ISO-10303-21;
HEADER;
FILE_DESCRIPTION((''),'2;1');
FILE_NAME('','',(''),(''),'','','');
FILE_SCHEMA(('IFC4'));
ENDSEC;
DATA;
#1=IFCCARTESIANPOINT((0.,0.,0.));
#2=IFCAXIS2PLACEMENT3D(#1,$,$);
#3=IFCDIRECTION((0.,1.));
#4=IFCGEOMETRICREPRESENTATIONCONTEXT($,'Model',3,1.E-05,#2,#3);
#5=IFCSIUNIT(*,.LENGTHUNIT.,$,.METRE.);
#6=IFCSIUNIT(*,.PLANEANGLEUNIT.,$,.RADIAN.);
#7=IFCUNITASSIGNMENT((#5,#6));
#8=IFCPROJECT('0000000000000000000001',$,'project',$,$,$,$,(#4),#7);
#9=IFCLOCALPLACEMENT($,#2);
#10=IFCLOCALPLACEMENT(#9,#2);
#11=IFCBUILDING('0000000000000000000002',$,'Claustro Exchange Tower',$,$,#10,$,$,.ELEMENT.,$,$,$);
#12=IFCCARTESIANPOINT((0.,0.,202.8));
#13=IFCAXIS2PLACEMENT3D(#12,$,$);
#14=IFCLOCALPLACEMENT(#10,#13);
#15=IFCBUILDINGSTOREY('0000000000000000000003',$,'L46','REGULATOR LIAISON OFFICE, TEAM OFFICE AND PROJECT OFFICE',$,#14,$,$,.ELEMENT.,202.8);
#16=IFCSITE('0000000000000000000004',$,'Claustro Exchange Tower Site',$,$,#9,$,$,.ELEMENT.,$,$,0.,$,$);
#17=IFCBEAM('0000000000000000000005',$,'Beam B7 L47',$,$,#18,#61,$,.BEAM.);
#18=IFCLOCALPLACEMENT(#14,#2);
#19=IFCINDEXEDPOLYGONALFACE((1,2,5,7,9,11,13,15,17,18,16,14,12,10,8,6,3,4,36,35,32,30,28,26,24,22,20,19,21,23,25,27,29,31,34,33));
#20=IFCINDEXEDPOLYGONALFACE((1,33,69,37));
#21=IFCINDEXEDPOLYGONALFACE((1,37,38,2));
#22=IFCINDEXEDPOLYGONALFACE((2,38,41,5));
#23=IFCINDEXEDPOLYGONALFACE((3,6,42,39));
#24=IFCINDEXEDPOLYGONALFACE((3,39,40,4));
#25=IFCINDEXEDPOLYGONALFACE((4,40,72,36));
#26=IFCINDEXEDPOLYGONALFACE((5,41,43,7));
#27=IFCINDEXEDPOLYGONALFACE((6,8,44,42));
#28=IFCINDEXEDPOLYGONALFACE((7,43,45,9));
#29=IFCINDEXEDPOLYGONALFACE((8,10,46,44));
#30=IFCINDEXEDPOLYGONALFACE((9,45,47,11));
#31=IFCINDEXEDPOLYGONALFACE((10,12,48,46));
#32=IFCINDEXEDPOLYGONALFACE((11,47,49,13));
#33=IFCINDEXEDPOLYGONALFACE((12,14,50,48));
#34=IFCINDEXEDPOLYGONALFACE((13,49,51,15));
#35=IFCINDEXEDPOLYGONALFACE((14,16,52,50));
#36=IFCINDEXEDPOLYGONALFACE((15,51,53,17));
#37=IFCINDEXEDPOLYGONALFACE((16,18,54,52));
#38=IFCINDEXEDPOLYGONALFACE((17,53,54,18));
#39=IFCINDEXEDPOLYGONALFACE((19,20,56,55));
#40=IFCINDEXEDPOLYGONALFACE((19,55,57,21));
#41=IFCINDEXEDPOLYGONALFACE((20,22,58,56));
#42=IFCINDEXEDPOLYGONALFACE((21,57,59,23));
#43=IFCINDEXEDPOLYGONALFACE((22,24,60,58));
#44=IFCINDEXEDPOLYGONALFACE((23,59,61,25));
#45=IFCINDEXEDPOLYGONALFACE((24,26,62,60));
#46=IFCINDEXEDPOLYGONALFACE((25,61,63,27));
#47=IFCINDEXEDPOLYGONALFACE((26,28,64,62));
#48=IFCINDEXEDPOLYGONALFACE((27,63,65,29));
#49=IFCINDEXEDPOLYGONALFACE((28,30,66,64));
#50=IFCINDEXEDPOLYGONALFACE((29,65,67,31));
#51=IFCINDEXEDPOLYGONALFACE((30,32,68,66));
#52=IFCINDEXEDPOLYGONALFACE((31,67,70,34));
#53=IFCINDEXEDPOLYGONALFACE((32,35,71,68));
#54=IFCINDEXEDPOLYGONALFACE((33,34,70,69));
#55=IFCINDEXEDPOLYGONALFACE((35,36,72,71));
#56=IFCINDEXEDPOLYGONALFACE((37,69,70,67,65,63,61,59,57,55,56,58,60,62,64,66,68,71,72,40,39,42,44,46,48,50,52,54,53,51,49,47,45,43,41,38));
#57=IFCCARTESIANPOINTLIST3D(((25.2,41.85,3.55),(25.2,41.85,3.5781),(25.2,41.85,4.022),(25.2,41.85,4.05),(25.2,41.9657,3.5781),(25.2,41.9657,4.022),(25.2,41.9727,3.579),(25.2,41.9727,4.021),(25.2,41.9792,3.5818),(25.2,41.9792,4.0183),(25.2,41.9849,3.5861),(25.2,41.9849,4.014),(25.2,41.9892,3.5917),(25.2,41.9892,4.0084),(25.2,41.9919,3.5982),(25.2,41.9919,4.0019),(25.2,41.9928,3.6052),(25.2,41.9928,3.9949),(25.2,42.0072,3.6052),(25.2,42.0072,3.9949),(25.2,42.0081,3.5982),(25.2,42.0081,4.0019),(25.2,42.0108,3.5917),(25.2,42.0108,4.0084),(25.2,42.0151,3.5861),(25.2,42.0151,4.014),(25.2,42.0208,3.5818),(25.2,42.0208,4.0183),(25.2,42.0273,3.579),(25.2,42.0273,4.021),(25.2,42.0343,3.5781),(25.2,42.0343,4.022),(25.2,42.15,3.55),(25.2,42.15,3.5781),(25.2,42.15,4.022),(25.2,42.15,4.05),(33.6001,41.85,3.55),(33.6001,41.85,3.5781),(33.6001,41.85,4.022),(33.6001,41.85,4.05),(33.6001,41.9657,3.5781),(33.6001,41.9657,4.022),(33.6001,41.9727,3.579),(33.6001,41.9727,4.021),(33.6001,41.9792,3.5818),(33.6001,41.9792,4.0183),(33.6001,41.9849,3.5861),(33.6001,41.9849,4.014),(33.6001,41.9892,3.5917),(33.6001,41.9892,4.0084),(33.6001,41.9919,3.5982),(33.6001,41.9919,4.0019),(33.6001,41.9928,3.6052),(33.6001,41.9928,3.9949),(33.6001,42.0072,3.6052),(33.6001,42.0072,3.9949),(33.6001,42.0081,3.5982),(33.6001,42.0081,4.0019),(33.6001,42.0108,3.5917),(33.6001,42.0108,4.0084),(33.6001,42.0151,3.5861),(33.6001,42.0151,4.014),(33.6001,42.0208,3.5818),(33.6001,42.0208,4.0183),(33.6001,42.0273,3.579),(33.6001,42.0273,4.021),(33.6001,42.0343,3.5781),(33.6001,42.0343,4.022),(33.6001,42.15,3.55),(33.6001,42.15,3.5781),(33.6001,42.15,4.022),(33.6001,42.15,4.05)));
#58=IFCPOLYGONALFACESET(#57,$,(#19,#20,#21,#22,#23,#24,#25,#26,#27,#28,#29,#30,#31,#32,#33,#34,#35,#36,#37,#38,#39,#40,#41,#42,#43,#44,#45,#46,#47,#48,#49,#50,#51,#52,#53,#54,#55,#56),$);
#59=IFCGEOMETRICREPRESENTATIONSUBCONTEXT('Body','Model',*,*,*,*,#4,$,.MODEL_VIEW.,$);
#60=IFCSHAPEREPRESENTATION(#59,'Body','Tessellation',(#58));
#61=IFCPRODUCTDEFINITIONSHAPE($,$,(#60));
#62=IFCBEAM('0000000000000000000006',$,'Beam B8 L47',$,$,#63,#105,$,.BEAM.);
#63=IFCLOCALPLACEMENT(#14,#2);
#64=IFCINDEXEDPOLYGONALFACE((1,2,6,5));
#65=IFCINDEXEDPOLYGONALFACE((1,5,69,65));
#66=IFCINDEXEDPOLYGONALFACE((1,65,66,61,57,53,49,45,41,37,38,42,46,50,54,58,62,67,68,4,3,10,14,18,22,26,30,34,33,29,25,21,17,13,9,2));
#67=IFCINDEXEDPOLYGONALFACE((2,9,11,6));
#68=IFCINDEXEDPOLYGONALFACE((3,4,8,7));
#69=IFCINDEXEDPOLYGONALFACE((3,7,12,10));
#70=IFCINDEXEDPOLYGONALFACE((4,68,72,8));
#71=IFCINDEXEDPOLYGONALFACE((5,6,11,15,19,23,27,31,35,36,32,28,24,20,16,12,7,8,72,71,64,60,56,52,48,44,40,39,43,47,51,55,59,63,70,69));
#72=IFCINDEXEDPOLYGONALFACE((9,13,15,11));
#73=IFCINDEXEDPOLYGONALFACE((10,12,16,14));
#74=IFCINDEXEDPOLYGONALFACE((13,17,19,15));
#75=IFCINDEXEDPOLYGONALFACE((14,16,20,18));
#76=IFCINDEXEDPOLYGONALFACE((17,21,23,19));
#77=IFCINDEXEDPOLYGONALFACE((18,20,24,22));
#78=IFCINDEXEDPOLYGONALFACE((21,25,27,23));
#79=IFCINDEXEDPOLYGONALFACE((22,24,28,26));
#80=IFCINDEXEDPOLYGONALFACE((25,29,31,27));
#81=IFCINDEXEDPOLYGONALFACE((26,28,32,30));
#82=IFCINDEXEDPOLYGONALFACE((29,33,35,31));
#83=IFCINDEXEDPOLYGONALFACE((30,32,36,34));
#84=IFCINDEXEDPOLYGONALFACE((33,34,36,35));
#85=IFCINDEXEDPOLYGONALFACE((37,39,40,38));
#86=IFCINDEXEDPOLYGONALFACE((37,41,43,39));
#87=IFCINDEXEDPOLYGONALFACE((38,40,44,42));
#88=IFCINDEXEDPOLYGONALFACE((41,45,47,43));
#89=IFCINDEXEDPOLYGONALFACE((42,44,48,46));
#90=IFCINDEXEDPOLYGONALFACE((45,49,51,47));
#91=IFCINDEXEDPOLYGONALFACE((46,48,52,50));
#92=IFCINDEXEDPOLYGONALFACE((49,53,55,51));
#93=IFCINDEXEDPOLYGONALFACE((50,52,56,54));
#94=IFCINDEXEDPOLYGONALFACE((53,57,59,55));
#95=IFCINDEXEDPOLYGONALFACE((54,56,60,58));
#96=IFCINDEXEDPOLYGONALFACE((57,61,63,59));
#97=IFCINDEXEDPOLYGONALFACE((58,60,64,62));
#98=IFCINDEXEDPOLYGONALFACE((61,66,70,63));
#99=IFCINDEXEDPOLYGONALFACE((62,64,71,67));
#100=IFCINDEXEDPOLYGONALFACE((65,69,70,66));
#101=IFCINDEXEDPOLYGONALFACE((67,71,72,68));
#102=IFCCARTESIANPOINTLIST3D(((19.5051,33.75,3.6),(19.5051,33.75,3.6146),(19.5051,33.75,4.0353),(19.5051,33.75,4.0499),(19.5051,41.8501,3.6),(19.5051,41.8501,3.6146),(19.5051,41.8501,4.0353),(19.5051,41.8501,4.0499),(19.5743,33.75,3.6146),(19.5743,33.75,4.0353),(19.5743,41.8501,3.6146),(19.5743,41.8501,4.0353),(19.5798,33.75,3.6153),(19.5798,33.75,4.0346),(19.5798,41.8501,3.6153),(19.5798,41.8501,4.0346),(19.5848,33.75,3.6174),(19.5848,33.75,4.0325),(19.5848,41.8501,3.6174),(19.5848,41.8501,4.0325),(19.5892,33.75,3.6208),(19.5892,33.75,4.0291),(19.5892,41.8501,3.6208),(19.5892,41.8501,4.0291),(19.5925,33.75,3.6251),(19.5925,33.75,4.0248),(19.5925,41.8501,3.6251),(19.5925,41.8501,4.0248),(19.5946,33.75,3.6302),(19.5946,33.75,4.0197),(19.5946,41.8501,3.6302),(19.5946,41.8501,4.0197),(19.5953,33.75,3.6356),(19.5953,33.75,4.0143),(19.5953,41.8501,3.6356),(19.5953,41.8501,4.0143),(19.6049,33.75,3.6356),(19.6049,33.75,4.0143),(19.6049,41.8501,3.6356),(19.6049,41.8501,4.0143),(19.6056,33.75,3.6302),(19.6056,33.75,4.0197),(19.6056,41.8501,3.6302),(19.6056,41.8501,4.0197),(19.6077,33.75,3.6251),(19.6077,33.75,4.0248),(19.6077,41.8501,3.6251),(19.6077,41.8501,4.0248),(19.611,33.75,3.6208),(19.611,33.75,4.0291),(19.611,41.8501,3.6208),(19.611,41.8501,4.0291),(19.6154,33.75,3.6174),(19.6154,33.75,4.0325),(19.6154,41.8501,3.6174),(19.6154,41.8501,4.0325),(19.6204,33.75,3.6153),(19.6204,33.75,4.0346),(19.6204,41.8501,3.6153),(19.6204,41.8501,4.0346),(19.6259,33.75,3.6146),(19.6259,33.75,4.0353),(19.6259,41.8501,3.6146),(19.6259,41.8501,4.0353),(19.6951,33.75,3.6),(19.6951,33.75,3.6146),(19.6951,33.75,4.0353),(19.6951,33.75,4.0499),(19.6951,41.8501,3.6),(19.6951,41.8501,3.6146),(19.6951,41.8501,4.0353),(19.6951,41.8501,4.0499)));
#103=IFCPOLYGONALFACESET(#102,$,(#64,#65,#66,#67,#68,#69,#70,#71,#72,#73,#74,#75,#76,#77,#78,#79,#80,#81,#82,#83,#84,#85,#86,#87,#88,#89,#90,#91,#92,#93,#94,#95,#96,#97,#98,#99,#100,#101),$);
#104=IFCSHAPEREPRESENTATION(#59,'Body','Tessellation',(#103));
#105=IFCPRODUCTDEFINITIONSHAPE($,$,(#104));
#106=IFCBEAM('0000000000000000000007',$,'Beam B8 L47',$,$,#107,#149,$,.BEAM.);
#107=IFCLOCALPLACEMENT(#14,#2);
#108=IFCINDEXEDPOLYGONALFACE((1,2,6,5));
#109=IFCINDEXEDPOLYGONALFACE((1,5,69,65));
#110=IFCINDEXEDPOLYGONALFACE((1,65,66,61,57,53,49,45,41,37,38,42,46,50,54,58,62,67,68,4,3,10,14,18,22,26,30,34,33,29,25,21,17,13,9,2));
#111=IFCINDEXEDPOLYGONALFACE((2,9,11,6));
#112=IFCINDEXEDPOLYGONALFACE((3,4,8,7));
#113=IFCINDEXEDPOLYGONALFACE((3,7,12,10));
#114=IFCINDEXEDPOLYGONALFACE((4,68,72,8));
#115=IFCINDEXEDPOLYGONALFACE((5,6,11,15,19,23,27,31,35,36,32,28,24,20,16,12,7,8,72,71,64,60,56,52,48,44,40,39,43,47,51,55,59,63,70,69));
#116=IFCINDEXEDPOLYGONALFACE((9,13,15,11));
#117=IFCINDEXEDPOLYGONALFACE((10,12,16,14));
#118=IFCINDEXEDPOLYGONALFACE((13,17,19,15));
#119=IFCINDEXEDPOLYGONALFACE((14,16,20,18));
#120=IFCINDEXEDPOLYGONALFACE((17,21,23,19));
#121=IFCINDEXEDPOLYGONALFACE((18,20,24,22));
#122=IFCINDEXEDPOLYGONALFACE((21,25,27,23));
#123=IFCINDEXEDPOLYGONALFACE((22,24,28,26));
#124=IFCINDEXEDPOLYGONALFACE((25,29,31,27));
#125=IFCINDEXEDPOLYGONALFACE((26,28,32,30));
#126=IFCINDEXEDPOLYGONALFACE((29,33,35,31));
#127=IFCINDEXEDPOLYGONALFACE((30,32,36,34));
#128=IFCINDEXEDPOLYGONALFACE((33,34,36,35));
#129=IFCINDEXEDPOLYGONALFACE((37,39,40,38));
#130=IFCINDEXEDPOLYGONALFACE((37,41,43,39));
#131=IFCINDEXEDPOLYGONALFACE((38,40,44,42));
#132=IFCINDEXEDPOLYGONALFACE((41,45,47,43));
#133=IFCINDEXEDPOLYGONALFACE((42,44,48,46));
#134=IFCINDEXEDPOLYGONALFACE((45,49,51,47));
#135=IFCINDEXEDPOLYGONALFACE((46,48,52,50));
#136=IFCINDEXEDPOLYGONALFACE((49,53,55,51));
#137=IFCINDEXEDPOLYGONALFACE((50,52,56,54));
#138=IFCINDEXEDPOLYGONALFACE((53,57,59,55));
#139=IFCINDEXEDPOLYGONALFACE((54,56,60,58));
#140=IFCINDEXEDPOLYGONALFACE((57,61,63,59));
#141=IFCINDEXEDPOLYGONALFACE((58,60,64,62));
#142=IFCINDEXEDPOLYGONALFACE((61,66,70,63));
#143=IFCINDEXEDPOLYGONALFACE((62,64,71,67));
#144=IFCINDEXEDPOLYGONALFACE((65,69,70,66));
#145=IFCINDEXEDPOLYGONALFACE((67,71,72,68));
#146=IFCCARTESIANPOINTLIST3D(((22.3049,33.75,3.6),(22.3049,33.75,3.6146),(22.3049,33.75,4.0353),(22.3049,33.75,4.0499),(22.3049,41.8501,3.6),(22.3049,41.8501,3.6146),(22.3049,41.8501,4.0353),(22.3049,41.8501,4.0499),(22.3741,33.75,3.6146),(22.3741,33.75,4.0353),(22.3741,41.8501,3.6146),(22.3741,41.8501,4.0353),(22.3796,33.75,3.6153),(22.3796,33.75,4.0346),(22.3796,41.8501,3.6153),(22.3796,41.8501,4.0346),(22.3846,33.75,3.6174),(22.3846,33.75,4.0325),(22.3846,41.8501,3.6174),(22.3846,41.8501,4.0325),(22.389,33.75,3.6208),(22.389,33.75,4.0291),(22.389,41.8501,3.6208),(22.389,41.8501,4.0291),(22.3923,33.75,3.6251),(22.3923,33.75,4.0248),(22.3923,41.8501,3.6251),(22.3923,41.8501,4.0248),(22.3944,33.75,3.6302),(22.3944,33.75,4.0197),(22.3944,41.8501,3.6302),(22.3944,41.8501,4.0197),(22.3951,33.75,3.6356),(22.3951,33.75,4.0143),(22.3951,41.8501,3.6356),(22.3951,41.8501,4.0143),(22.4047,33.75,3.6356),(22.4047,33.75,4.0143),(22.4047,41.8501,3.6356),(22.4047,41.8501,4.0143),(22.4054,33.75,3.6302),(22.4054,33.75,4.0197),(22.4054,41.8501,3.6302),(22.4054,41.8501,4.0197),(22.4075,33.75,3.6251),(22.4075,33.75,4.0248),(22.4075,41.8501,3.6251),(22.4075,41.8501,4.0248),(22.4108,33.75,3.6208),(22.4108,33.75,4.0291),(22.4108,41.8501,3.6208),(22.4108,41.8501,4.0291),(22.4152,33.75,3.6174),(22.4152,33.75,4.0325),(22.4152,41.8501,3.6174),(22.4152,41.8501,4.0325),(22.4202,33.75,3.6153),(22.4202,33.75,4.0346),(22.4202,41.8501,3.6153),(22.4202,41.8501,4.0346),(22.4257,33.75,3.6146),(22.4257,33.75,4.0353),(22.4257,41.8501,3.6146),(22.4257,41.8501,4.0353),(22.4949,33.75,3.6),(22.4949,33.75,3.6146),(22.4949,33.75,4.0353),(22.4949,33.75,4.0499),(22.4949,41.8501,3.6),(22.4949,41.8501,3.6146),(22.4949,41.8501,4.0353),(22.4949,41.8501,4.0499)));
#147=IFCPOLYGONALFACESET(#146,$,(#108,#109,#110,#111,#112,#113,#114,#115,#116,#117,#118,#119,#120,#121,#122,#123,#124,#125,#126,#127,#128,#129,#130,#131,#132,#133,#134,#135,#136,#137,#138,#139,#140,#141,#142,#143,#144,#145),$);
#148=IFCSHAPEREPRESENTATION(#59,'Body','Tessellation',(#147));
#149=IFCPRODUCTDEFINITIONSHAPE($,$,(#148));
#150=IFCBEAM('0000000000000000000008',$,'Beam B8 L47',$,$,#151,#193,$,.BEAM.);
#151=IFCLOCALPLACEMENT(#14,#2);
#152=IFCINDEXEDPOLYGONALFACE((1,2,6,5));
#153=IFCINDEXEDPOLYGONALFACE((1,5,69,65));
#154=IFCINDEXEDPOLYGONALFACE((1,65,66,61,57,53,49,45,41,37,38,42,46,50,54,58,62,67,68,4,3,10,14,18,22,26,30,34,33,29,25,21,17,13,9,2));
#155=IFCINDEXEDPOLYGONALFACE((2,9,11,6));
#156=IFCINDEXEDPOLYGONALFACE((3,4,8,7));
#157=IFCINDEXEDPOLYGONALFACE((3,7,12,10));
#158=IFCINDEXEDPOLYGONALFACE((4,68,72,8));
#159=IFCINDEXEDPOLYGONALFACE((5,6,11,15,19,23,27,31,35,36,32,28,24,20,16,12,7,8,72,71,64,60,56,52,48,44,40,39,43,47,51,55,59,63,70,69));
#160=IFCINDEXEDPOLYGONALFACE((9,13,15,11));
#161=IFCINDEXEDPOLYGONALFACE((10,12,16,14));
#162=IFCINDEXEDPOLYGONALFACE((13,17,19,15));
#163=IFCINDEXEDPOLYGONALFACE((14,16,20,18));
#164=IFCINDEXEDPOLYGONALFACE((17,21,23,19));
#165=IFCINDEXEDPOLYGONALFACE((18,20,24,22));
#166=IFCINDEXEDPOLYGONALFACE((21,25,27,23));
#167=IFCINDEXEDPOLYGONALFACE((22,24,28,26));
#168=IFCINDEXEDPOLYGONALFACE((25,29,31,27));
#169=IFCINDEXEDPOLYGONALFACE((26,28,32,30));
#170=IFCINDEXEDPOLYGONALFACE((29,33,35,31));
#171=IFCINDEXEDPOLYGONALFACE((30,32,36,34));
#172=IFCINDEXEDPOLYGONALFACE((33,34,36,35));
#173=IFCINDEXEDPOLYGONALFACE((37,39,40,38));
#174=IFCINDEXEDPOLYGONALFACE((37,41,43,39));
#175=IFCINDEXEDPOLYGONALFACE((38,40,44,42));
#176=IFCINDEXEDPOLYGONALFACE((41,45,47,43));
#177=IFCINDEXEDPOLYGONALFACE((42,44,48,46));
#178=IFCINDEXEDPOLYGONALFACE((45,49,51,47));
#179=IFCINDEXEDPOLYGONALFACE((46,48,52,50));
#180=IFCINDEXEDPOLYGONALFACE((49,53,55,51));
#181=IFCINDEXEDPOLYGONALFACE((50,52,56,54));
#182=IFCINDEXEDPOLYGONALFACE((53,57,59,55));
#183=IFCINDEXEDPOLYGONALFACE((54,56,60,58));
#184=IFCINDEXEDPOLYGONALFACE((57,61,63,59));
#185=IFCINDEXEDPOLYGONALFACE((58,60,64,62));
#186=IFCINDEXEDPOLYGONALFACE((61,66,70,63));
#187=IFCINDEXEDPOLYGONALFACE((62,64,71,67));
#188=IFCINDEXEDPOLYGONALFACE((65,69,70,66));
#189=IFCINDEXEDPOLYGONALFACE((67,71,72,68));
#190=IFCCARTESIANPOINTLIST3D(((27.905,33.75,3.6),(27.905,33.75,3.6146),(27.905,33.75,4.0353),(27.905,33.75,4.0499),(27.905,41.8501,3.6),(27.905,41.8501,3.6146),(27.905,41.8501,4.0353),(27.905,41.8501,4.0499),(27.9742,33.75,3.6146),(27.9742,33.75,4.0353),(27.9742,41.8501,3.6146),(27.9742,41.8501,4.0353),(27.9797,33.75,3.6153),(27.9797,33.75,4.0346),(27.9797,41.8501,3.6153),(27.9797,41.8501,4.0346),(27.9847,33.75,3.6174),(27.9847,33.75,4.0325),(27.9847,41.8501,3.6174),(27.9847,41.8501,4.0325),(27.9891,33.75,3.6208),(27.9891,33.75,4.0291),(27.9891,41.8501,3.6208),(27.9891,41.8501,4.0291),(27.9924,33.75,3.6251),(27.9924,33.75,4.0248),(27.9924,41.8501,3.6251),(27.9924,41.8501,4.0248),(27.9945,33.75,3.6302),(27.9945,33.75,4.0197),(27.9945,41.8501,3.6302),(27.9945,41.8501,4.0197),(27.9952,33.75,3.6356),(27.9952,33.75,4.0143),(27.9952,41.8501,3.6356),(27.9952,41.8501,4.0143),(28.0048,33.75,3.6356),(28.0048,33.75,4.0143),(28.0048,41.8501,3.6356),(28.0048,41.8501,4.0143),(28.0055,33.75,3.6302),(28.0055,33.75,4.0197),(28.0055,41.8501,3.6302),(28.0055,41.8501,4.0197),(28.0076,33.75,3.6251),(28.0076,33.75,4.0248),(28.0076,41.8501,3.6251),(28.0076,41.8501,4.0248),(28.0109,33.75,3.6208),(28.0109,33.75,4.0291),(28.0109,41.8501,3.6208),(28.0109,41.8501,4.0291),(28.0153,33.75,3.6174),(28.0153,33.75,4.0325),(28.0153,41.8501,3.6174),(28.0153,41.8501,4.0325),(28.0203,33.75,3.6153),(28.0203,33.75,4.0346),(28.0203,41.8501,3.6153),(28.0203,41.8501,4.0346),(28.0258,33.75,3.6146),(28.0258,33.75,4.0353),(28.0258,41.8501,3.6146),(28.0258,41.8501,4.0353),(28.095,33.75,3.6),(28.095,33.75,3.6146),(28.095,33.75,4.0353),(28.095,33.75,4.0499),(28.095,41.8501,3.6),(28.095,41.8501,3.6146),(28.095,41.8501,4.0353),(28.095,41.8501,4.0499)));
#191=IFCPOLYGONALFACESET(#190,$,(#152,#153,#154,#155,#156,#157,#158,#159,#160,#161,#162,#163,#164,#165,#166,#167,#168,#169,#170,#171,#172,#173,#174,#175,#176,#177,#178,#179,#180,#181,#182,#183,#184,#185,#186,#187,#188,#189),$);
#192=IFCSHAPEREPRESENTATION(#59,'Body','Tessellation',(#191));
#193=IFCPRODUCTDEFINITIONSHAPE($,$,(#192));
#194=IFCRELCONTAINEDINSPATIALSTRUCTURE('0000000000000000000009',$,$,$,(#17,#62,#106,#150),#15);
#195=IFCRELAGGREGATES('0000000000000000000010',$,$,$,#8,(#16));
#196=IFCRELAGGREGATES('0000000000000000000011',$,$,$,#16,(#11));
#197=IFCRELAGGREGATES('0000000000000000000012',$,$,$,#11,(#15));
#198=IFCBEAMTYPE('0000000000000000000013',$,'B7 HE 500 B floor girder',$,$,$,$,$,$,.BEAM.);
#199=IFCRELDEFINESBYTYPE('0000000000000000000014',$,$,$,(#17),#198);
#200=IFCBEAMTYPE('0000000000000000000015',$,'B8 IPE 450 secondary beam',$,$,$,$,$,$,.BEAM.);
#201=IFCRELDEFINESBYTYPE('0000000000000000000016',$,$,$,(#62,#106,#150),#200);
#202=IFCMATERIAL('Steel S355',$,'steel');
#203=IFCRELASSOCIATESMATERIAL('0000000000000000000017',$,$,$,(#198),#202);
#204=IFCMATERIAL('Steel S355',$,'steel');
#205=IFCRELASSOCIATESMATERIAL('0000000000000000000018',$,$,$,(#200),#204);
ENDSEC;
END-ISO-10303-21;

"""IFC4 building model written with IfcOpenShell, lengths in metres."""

from ifc_helpers import new_model, si_unit, direction, frame, origin, origin_2d, place, context, subcontext, project, spatial, i_section, extrude, material, material_profile, profile_set, type_object, element, save


model = new_model("IFC4")

# Units and contexts
model_context = context("Model", 3, precision=1e-05, world=origin(), true_north=direction((0.0, 1.0)))
body_context = subcontext(model_context, "Body", "Model", "MODEL_VIEW")
ifc_project = project(units=[si_unit("LENGTHUNIT", "METRE"), si_unit("PLANEANGLEUNIT", "RADIAN")], contexts=[model_context])

# Site, building, storey
site_placement = place(None, origin())
site = spatial("IfcSite", under=ifc_project, at=site_placement, Name="Claustro Exchange Tower Site", CompositionType="ELEMENT", RefElevation=0.0)
building_placement = place(site_placement, origin())
building = spatial("IfcBuilding", under=site, at=building_placement, Name="Claustro Exchange Tower", CompositionType="ELEMENT")
storey_placement = place(building_placement, frame((0.0, 0.0, 202.8)))
storey = spatial("IfcBuildingStorey", under=building, at=storey_placement, Name="L46", Description="REGULATOR LIAISON OFFICE, TEAM OFFICE AND PROJECT OFFICE", CompositionType="ELEMENT", Elevation=202.8)

# Beams
ifc_material_1 = material(Name="Steel S355", Category="steel")
ifc_material_profile_1 = material_profile(ifc_material_1, i_section(OverallWidth=0.3, OverallDepth=0.5, WebThickness=0.0144, FlangeThickness=0.0281, FilletRadius=0.0271, at=origin_2d()), Name="HE 500 B")
ifc_profile_set_1 = profile_set([ifc_material_profile_1], Name="Steel S355")
beam_type_1 = type_object("IfcBeamType", Name="B7 HE 500 B floor girder", PredefinedType="BEAM", material=ifc_profile_set_1)
beam_1_placement = place(storey_placement, frame((25.2, 42.0, 3.8), z_axis=(1.0, 0.0, 0.0), x_axis=(0.0, 1.0, 0.0)))
element("IfcBeam", 1, at=beam_1_placement, inside=storey, type_object=beam_type_1, Name="Beam B7 L47", PredefinedType="BEAM", context=body_context, shape_type="SweptSolid", body=[
    extrude(i_section(OverallWidth=0.3, OverallDepth=0.5, WebThickness=0.0144, FlangeThickness=0.0281, FilletRadius=0.0271, at=origin_2d()), origin(), (0.0, 0.0, 1.0), 8.4001),
])
ifc_material_2 = material(Name="Steel S355", Category="steel")
ifc_material_profile_2 = material_profile(ifc_material_2, i_section(OverallWidth=0.1899, OverallDepth=0.45, WebThickness=0.0095, FlangeThickness=0.0146, FilletRadius=0.021, at=origin_2d()), Name="IPE 450")
ifc_profile_set_2 = profile_set([ifc_material_profile_2], Name="Steel S355")
beam_type_2 = type_object("IfcBeamType", Name="B8 IPE 450 secondary beam", PredefinedType="BEAM", material=ifc_profile_set_2)
for number, where, z_axis, x_axis, name in (
    (2, (19.6001, 33.75, 3.825), (0.0, 1.0, 0.0), (-1.0, 0.0, 0.0), "Beam B8 L47"),
    (3, (22.3999, 33.75, 3.825), (0.0, 1.0, 0.0), (-1.0, 0.0, 0.0), "Beam B8 L47"),
    (4, (28.0, 33.75, 3.825), (0.0, 1.0, 0.0), (-1.0, 0.0, 0.0), "Beam B8 L47"),
):
    element("IfcBeam", number, at=place(storey_placement, frame(where, z_axis=z_axis, x_axis=x_axis)), inside=storey, type_object=beam_type_2, Name=name, PredefinedType="BEAM", context=body_context, shape_type="SweptSolid", body=[
        extrude(i_section(OverallWidth=0.1899, OverallDepth=0.45, WebThickness=0.0095, FlangeThickness=0.0146, FilletRadius=0.021, at=origin_2d()), origin(), (0.0, 0.0, 1.0), 8.1001),
    ])

save(model, "model.ifc")
